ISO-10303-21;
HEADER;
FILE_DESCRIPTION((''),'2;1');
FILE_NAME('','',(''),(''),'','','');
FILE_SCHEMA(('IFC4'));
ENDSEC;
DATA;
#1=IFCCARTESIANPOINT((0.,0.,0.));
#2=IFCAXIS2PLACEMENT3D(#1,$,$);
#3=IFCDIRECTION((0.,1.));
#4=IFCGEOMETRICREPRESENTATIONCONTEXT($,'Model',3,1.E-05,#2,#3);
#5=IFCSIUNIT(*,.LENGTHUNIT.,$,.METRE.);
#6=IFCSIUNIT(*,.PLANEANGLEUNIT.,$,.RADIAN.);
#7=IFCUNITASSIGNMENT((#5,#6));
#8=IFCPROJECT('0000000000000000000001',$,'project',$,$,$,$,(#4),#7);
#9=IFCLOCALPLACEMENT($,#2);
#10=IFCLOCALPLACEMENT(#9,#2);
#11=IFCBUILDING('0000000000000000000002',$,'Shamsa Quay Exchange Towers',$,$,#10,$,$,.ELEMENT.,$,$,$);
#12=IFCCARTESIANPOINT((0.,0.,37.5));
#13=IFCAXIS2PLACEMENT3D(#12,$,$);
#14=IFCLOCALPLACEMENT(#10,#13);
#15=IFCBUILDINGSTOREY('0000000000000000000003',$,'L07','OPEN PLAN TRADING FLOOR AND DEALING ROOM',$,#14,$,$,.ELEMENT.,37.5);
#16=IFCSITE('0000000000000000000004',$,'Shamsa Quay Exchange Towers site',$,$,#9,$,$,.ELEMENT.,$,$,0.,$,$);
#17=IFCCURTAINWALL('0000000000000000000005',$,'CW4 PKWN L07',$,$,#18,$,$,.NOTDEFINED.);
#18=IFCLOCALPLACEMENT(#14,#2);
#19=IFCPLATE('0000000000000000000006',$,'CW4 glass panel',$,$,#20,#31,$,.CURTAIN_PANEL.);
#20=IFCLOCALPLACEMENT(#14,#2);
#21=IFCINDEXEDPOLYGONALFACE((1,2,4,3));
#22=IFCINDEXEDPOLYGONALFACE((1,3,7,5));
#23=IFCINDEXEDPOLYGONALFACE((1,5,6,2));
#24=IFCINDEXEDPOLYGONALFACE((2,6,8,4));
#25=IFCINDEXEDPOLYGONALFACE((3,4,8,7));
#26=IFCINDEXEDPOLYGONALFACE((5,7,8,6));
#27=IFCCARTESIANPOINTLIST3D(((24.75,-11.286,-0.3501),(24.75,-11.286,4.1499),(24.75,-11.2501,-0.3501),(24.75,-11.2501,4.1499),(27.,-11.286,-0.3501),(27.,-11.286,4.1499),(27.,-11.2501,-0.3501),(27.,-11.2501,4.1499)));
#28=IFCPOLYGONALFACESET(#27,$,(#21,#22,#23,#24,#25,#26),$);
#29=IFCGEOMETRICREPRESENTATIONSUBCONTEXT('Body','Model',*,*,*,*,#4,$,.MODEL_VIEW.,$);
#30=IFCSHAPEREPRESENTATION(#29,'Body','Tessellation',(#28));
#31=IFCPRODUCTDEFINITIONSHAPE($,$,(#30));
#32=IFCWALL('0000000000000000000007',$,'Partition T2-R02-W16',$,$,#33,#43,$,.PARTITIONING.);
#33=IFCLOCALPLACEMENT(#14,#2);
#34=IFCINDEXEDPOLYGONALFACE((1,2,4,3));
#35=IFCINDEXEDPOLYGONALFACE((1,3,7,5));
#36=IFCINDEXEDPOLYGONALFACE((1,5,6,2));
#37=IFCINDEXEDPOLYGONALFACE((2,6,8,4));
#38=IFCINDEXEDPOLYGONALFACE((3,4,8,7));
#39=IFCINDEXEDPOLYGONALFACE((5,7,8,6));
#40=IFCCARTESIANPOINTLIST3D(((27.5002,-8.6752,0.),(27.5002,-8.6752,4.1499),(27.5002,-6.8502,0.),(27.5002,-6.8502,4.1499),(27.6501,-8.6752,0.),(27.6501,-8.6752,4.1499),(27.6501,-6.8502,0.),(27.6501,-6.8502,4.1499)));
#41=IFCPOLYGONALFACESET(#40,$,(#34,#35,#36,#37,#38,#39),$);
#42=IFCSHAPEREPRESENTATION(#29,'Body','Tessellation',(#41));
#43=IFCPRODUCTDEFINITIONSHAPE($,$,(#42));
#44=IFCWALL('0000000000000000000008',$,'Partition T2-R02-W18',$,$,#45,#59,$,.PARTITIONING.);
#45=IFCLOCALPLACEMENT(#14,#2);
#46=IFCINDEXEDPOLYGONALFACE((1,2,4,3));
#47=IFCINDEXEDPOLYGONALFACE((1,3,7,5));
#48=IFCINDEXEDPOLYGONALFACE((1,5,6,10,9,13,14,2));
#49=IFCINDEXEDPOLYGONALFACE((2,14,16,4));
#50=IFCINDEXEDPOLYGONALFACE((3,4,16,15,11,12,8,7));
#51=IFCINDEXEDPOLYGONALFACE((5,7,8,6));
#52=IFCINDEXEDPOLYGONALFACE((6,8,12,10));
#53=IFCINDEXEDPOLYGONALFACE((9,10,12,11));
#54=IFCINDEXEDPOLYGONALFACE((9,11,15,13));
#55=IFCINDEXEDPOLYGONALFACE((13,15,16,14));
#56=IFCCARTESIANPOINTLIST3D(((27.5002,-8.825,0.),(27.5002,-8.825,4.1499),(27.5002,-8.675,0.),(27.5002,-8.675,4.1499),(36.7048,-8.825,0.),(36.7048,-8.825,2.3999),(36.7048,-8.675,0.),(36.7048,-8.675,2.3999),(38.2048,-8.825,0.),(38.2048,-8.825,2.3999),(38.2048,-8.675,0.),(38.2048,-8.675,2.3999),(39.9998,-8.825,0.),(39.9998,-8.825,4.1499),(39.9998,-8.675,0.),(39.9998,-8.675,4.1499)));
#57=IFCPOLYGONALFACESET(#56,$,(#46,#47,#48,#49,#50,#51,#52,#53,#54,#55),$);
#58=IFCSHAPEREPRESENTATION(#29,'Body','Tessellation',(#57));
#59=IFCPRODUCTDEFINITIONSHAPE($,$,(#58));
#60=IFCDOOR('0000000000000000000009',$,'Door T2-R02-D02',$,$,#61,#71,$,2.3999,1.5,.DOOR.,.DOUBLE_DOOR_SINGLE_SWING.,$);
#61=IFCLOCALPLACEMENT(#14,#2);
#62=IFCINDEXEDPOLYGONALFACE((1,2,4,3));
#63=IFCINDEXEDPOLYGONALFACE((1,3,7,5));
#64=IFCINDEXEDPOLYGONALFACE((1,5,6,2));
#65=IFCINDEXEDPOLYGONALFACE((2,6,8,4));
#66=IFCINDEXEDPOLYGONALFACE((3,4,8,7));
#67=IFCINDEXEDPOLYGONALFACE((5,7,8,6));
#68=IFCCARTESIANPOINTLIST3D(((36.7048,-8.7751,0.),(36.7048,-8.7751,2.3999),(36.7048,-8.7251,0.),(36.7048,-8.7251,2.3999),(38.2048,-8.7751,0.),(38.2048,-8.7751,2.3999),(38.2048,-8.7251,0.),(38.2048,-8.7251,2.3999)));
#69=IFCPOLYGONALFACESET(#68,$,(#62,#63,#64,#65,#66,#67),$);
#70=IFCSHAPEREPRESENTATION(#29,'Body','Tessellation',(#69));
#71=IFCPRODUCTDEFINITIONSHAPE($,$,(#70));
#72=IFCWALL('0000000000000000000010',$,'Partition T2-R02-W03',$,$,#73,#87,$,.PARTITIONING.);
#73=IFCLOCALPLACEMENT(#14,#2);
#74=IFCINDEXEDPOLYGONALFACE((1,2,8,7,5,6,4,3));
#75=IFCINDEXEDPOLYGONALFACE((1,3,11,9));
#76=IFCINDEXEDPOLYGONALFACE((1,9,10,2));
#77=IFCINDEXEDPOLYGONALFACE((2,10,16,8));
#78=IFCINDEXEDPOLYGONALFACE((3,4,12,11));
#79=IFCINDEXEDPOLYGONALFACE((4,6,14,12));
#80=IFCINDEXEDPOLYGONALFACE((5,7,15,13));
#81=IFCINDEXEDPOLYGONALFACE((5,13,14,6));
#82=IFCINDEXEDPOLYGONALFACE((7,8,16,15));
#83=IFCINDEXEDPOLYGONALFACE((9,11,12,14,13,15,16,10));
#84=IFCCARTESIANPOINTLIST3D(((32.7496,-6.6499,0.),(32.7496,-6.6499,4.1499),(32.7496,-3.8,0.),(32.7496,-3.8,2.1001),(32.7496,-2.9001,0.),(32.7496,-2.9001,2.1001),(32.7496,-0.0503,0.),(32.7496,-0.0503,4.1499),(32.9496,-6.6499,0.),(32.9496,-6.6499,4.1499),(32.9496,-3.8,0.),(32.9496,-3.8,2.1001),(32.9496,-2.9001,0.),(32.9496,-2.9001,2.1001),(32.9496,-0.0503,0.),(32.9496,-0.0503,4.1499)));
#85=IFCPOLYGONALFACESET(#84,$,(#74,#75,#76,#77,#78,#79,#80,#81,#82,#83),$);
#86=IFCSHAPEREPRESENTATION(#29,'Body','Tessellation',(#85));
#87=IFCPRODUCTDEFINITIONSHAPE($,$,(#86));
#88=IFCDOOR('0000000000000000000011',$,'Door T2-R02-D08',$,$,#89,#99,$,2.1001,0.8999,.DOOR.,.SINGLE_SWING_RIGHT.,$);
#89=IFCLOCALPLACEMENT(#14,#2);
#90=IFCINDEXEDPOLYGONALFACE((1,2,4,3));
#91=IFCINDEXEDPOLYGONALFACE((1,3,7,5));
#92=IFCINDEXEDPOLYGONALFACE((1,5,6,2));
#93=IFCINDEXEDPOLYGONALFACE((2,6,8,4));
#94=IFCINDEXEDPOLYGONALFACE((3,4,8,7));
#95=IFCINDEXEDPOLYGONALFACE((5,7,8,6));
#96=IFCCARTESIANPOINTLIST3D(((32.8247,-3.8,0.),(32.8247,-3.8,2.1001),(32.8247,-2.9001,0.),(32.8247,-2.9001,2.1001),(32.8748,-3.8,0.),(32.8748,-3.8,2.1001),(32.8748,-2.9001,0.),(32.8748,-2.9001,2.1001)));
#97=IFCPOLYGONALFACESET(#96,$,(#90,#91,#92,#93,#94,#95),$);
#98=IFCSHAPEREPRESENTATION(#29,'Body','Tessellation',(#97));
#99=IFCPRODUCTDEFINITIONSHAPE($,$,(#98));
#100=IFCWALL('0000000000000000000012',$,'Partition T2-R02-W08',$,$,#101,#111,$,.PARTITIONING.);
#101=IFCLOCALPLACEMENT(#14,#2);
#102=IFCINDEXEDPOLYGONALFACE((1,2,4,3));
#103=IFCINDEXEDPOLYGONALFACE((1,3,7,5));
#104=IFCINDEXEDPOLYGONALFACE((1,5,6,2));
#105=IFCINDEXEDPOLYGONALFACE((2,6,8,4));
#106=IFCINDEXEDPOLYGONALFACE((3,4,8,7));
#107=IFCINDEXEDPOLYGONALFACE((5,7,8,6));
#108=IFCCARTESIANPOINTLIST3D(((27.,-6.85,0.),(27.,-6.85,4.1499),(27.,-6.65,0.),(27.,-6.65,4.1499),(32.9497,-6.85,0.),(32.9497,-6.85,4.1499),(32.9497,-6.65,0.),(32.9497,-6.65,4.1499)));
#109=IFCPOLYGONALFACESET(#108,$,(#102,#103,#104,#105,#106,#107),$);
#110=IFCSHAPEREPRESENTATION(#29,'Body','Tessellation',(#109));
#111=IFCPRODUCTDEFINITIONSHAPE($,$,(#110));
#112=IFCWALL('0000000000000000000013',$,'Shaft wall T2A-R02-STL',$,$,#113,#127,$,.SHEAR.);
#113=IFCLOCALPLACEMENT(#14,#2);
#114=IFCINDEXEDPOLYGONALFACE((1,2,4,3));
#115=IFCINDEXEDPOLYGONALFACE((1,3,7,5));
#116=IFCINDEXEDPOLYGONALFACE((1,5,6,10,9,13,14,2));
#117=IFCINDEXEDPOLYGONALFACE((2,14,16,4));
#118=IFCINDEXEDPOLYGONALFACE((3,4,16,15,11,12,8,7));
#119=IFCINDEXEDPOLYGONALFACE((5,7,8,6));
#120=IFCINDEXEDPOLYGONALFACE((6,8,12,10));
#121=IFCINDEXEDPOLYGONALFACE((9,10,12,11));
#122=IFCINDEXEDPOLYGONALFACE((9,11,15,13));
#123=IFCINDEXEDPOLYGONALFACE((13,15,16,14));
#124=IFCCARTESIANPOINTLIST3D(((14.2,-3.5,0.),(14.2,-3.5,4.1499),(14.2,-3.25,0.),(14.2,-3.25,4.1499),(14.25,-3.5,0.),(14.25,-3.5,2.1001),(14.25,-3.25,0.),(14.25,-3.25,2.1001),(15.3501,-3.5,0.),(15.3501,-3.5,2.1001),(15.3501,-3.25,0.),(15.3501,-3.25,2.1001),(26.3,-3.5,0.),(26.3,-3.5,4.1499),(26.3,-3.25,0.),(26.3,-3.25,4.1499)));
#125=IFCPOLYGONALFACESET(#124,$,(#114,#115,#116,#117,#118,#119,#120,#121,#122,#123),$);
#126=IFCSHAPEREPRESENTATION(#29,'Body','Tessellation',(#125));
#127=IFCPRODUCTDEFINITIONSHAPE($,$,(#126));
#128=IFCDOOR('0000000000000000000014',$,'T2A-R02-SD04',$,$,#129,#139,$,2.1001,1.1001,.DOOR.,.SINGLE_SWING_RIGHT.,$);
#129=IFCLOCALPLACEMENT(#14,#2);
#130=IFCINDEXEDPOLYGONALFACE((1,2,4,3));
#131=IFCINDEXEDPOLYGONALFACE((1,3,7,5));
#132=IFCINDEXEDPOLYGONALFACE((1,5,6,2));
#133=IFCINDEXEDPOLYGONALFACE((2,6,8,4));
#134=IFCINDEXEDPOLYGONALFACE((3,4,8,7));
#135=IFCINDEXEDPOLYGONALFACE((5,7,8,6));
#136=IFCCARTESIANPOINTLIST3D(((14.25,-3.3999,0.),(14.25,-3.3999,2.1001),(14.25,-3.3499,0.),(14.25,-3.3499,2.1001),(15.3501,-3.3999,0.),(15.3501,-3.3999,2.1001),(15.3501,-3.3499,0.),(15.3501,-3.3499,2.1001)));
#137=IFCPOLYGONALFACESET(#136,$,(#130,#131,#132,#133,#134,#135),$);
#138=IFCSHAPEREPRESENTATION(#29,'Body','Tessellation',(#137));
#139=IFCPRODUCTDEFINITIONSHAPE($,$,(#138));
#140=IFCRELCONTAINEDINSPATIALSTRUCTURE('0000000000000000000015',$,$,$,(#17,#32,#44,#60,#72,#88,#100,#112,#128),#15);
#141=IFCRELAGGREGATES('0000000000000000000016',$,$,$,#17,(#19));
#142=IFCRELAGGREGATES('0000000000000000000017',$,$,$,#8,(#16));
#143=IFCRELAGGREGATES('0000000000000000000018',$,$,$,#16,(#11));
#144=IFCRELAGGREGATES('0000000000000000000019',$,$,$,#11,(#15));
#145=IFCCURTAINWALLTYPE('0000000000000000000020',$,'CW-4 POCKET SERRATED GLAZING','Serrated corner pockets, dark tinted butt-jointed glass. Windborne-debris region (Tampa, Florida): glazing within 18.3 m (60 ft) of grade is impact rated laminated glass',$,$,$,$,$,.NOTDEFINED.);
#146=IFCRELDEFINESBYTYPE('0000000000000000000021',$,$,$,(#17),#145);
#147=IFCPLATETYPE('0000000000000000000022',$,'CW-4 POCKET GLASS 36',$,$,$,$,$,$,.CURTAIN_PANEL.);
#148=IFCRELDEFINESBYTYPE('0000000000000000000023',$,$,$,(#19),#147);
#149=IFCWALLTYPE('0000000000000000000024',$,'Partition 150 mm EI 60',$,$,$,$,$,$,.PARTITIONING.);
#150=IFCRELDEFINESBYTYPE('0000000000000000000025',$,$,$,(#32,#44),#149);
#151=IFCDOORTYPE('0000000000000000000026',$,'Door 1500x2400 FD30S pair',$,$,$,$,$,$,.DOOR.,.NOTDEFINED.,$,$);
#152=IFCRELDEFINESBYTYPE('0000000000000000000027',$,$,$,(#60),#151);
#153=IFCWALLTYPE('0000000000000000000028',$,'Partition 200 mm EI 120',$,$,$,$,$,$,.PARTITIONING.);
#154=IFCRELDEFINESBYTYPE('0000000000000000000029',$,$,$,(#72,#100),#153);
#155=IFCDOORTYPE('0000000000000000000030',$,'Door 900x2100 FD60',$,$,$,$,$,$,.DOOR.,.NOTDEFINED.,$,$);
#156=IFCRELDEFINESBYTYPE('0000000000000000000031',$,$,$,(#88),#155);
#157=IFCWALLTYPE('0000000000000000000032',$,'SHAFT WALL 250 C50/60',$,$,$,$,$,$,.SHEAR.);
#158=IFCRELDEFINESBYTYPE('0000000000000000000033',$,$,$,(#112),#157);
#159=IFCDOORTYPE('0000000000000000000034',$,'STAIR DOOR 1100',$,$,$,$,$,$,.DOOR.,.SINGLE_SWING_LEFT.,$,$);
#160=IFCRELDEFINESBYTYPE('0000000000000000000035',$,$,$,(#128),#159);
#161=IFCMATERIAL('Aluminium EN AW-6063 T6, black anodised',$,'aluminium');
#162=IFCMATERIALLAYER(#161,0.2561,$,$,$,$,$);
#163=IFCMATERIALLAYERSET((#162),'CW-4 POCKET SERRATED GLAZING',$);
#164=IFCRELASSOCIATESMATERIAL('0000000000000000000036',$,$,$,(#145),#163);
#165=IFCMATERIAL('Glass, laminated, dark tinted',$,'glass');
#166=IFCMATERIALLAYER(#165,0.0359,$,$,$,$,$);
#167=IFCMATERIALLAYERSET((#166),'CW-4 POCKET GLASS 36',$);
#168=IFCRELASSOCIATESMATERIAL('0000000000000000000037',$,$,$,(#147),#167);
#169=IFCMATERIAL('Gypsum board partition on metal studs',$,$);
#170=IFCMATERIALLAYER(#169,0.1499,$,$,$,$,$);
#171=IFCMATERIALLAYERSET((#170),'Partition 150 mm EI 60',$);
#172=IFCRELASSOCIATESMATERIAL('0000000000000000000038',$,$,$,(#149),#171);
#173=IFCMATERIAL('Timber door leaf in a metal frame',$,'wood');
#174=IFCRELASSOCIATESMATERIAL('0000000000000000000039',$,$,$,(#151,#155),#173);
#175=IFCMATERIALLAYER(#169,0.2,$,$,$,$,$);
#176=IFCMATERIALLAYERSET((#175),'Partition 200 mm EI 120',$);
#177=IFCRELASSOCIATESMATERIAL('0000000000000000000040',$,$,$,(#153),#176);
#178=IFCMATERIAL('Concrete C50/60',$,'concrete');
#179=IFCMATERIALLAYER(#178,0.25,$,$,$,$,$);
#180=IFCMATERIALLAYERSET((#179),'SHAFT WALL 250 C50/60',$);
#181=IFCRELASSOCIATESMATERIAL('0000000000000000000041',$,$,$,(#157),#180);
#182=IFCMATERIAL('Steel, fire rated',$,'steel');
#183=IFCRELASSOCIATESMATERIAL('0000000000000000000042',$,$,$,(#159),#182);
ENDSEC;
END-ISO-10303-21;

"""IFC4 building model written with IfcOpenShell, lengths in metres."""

from ifc_helpers import new_model, si_unit, direction, frame, frame_2d, origin, origin_2d, place, context, subcontext, project, spatial, rectangle, extrude, material, layer, layer_set, type_object, element, fill, aggregate, save


model = new_model("IFC4")

# Units and contexts
model_context = context("Model", 3, precision=1e-05, world=origin(), true_north=direction((0.0, 1.0)))
body_context = subcontext(model_context, "Body", "Model", "MODEL_VIEW")
ifc_project = project(units=[si_unit("LENGTHUNIT", "METRE"), si_unit("PLANEANGLEUNIT", "RADIAN")], contexts=[model_context])

# Site, building, storey
site_placement = place(None, origin())
site = spatial("IfcSite", under=ifc_project, at=site_placement, Name="Shamsa Quay Exchange Towers site", CompositionType="ELEMENT", RefElevation=0.0)
building_placement = place(site_placement, origin())
building = spatial("IfcBuilding", under=site, at=building_placement, Name="Shamsa Quay Exchange Towers", CompositionType="ELEMENT")
storey_placement = place(building_placement, frame((0.0, 0.0, 37.5)))
storey = spatial("IfcBuildingStorey", under=building, at=storey_placement, Name="L07", Description="OPEN PLAN TRADING FLOOR AND DEALING ROOM", CompositionType="ELEMENT", Elevation=37.5)

# Shared definitions
ifc_material_1 = material(Name="Aluminium EN AW-6063 T6, black anodised", Category="aluminium")

# Shared definitions
ifc_material_2 = material(Name="Glass, laminated, dark tinted", Category="glass")

# Curtain wall, plate
ifc_layer_1 = layer(ifc_material_1, 0.2561)
ifc_layer_set_1 = layer_set([ifc_layer_1], Name="CW-4 POCKET SERRATED GLAZING")
curtain_wall_type_1 = type_object("IfcCurtainWallType", Name="CW-4 POCKET SERRATED GLAZING", Description="Serrated corner pockets, dark tinted butt-jointed glass. Windborne-debris region (Tampa, Florida): glazing within 18.3 m (60 ft) of grade is impact rated laminated glass", PredefinedType="NOTDEFINED", material=ifc_layer_set_1)
curtain_wall_1_placement = place(storey_placement, origin())
curtain_wall_1 = element("IfcCurtainWall", 1, at=curtain_wall_1_placement, inside=storey, type_object=curtain_wall_type_1, Name="CW4 PKWN L07", PredefinedType="NOTDEFINED")
ifc_layer_2 = layer(ifc_material_2, 0.0359)
ifc_layer_set_2 = layer_set([ifc_layer_2], Name="CW-4 POCKET GLASS 36")
plate_type_1 = type_object("IfcPlateType", Name="CW-4 POCKET GLASS 36", PredefinedType="CURTAIN_PANEL", material=ifc_layer_set_2)
plate_1_placement = place(storey_placement, frame((25.875, -11.2681, -0.3501)))
plate_1 = element("IfcPlate", 2, at=plate_1_placement, type_object=plate_type_1, Name="CW4 glass panel", PredefinedType="CURTAIN_PANEL", context=body_context, shape_type="SweptSolid", body=[
    extrude(rectangle(XDim=2.25, YDim=0.0359, at=origin_2d()), origin(), (0.0, 0.0, 1.0), 4.5),
])
aggregate(curtain_wall_1, [plate_1])

# Wall
ifc_material_3 = material(Name="Gypsum board partition on metal studs")
ifc_layer_3 = layer(ifc_material_3, 0.1499)
ifc_layer_set_3 = layer_set([ifc_layer_3], Name="Partition 150 mm EI 60")
wall_type_1 = type_object("IfcWallType", Name="Partition 150 mm EI 60", PredefinedType="PARTITIONING", material=ifc_layer_set_3)
wall_1_placement = place(storey_placement, frame((27.5752, -6.8501, 0.0), z_axis=(0.0, 0.0, 1.0), x_axis=(0.0, -1.0, 0.0)))
element("IfcWall", 3, at=wall_1_placement, inside=storey, type_object=wall_type_1, Name="Partition T2-R02-W16", PredefinedType="PARTITIONING", context=body_context, shape_type="SweptSolid", body=[
    extrude(rectangle(XDim=1.825, YDim=0.1499, at=frame_2d((0.9126, 0.0))), origin(), (0.0, 0.0, 1.0), 4.1499),
])

# Walls, openings, doors
wall_2_placement = place(storey_placement, frame((27.5002, -8.75, 0.0)))
wall_2 = element("IfcWall", 4, at=wall_2_placement, inside=storey, type_object=wall_type_1, Name="Partition T2-R02-W18", PredefinedType="PARTITIONING", context=body_context, shape_type="SweptSolid", body=[
    extrude(rectangle(XDim=12.4995, YDim=0.1499, at=frame_2d((6.2498, 0.0))), origin(), (0.0, 0.0, 1.0), 4.1499),
])
opening_1_placement = place(wall_2_placement, frame((9.2046, 0.0, 0.0)))
opening_1 = element("IfcOpeningElement", 5, at=opening_1_placement, cuts=wall_2, PredefinedType="OPENING", context=body_context, shape_type="SweptSolid", body=[
    extrude(rectangle(XDim=1.5, YDim=2.3999, at=frame_2d((0.75, 1.2))), frame((0.0, 0.085, 0.0), z_axis=(0.0, -1.0, 0.0), x_axis=(1.0, 0.0, 0.0)), (0.0, 0.0, 1.0), 0.1699),
])
ifc_material_4 = material(Name="Timber door leaf in a metal frame", Category="wood")
door_type_1 = type_object("IfcDoorType", Name="Door 1500x2400 FD30S pair", OperationType="NOTDEFINED", PredefinedType="DOOR", material=ifc_material_4)
door_1_placement = place(opening_1_placement, origin())
door_1 = element("IfcDoor", 6, at=door_1_placement, inside=storey, type_object=door_type_1, Name="Door T2-R02-D02", OperationType="DOUBLE_DOOR_SINGLE_SWING", OverallHeight=2.3999, OverallWidth=1.5, PredefinedType="DOOR", context=body_context, shape_type="SweptSolid", body=[
    extrude(rectangle(XDim=1.5, YDim=2.3999, at=frame_2d((0.75, 1.2))), frame((0.0, 0.0249, 0.0), z_axis=(0.0, -1.0, 0.0), x_axis=(1.0, 0.0, 0.0)), (0.0, 0.0, 1.0), 0.05),
])
fill(opening_1, door_1)
ifc_layer_4 = layer(ifc_material_3, 0.2)
ifc_layer_set_4 = layer_set([ifc_layer_4], Name="Partition 200 mm EI 120")
wall_type_2 = type_object("IfcWallType", Name="Partition 200 mm EI 120", PredefinedType="PARTITIONING", material=ifc_layer_set_4)
wall_3_placement = place(storey_placement, frame((32.8496, -6.6499, 0.0), z_axis=(0.0, 0.0, 1.0), x_axis=(0.0, 1.0, 0.0)))
wall_3 = element("IfcWall", 7, at=wall_3_placement, inside=storey, type_object=wall_type_2, Name="Partition T2-R02-W03", PredefinedType="PARTITIONING", context=body_context, shape_type="SweptSolid", body=[
    extrude(rectangle(XDim=6.5996, YDim=0.2, at=frame_2d((3.2998, 0.0))), origin(), (0.0, 0.0, 1.0), 4.1499),
])
opening_2_placement = place(wall_3_placement, frame((2.8499, 0.0, 0.0)))
opening_2 = element("IfcOpeningElement", 8, at=opening_2_placement, cuts=wall_3, PredefinedType="OPENING", context=body_context, shape_type="SweptSolid", body=[
    extrude(rectangle(XDim=0.8999, YDim=2.1001, at=frame_2d((0.45, 1.05))), frame((0.0, 0.1099, 0.0), z_axis=(0.0, -1.0, 0.0), x_axis=(1.0, 0.0, 0.0)), (0.0, 0.0, 1.0), 0.22),
])
door_type_2 = type_object("IfcDoorType", Name="Door 900x2100 FD60", OperationType="NOTDEFINED", PredefinedType="DOOR", material=ifc_material_4)
door_2_placement = place(opening_2_placement, origin())
door_2 = element("IfcDoor", 9, at=door_2_placement, inside=storey, type_object=door_type_2, Name="Door T2-R02-D08", OperationType="SINGLE_SWING_RIGHT", OverallHeight=2.1001, OverallWidth=0.8999, PredefinedType="DOOR", context=body_context, shape_type="SweptSolid", body=[
    extrude(rectangle(XDim=0.8999, YDim=2.1001, at=frame_2d((0.45, 1.05))), frame((0.0, 0.0249, 0.0), z_axis=(0.0, -1.0, 0.0), x_axis=(1.0, 0.0, 0.0)), (0.0, 0.0, 1.0), 0.05),
])
fill(opening_2, door_2)

# Wall
wall_4_placement = place(storey_placement, frame((27.0, -6.75, 0.0)))
element("IfcWall", 10, at=wall_4_placement, inside=storey, type_object=wall_type_2, Name="Partition T2-R02-W08", PredefinedType="PARTITIONING", context=body_context, shape_type="SweptSolid", body=[
    extrude(rectangle(XDim=5.9497, YDim=0.2, at=frame_2d((2.9749, 0.0))), origin(), (0.0, 0.0, 1.0), 4.1499),
])

# Wall, opening, door
ifc_material_5 = material(Name="Concrete C50/60", Category="concrete")
ifc_layer_5 = layer(ifc_material_5, 0.25)
ifc_layer_set_5 = layer_set([ifc_layer_5], Name="SHAFT WALL 250 C50/60")
wall_type_3 = type_object("IfcWallType", Name="SHAFT WALL 250 C50/60", PredefinedType="SHEAR", material=ifc_layer_set_5)
wall_5_placement = place(storey_placement, frame((26.3, -3.375, 0.0), z_axis=(0.0, 0.0, 1.0), x_axis=(-1.0, 0.0, 0.0)))
wall_5 = element("IfcWall", 11, at=wall_5_placement, inside=storey, type_object=wall_type_3, Name="Shaft wall T2A-R02-STL", PredefinedType="SHEAR", context=body_context, shape_type="SweptSolid", body=[
    extrude(rectangle(XDim=12.1001, YDim=0.25, at=frame_2d((6.05, 0.0))), origin(), (0.0, 0.0, 1.0), 4.1499),
])
opening_3_placement = place(wall_5_placement, frame((10.95, 0.0, 0.0)))
opening_3 = element("IfcOpeningElement", 12, at=opening_3_placement, cuts=wall_5, PredefinedType="OPENING", context=body_context, shape_type="SweptSolid", body=[
    extrude(rectangle(XDim=1.1001, YDim=2.1001, at=frame_2d((0.55, 1.05))), frame((0.0, 0.135, 0.0), z_axis=(0.0, -1.0, 0.0), x_axis=(1.0, 0.0, 0.0)), (0.0, 0.0, 1.0), 0.27),
])
ifc_material_6 = material(Name="Steel, fire rated", Category="steel")
door_type_3 = type_object("IfcDoorType", Name="STAIR DOOR 1100", OperationType="SINGLE_SWING_LEFT", PredefinedType="DOOR", material=ifc_material_6)
door_3_placement = place(opening_3_placement, origin())
door_3 = element("IfcDoor", 13, at=door_3_placement, inside=storey, type_object=door_type_3, Name="T2A-R02-SD04", OperationType="SINGLE_SWING_RIGHT", OverallHeight=2.1001, OverallWidth=1.1001, PredefinedType="DOOR", context=body_context, shape_type="SweptSolid", body=[
    extrude(rectangle(XDim=1.1001, YDim=2.1001, at=frame_2d((0.55, 1.05))), frame((0.0, 0.0249, 0.0), z_axis=(0.0, -1.0, 0.0), x_axis=(1.0, 0.0, 0.0)), (0.0, 0.0, 1.0), 0.05),
])
fill(opening_3, door_3)

save(model, "model.ifc")
